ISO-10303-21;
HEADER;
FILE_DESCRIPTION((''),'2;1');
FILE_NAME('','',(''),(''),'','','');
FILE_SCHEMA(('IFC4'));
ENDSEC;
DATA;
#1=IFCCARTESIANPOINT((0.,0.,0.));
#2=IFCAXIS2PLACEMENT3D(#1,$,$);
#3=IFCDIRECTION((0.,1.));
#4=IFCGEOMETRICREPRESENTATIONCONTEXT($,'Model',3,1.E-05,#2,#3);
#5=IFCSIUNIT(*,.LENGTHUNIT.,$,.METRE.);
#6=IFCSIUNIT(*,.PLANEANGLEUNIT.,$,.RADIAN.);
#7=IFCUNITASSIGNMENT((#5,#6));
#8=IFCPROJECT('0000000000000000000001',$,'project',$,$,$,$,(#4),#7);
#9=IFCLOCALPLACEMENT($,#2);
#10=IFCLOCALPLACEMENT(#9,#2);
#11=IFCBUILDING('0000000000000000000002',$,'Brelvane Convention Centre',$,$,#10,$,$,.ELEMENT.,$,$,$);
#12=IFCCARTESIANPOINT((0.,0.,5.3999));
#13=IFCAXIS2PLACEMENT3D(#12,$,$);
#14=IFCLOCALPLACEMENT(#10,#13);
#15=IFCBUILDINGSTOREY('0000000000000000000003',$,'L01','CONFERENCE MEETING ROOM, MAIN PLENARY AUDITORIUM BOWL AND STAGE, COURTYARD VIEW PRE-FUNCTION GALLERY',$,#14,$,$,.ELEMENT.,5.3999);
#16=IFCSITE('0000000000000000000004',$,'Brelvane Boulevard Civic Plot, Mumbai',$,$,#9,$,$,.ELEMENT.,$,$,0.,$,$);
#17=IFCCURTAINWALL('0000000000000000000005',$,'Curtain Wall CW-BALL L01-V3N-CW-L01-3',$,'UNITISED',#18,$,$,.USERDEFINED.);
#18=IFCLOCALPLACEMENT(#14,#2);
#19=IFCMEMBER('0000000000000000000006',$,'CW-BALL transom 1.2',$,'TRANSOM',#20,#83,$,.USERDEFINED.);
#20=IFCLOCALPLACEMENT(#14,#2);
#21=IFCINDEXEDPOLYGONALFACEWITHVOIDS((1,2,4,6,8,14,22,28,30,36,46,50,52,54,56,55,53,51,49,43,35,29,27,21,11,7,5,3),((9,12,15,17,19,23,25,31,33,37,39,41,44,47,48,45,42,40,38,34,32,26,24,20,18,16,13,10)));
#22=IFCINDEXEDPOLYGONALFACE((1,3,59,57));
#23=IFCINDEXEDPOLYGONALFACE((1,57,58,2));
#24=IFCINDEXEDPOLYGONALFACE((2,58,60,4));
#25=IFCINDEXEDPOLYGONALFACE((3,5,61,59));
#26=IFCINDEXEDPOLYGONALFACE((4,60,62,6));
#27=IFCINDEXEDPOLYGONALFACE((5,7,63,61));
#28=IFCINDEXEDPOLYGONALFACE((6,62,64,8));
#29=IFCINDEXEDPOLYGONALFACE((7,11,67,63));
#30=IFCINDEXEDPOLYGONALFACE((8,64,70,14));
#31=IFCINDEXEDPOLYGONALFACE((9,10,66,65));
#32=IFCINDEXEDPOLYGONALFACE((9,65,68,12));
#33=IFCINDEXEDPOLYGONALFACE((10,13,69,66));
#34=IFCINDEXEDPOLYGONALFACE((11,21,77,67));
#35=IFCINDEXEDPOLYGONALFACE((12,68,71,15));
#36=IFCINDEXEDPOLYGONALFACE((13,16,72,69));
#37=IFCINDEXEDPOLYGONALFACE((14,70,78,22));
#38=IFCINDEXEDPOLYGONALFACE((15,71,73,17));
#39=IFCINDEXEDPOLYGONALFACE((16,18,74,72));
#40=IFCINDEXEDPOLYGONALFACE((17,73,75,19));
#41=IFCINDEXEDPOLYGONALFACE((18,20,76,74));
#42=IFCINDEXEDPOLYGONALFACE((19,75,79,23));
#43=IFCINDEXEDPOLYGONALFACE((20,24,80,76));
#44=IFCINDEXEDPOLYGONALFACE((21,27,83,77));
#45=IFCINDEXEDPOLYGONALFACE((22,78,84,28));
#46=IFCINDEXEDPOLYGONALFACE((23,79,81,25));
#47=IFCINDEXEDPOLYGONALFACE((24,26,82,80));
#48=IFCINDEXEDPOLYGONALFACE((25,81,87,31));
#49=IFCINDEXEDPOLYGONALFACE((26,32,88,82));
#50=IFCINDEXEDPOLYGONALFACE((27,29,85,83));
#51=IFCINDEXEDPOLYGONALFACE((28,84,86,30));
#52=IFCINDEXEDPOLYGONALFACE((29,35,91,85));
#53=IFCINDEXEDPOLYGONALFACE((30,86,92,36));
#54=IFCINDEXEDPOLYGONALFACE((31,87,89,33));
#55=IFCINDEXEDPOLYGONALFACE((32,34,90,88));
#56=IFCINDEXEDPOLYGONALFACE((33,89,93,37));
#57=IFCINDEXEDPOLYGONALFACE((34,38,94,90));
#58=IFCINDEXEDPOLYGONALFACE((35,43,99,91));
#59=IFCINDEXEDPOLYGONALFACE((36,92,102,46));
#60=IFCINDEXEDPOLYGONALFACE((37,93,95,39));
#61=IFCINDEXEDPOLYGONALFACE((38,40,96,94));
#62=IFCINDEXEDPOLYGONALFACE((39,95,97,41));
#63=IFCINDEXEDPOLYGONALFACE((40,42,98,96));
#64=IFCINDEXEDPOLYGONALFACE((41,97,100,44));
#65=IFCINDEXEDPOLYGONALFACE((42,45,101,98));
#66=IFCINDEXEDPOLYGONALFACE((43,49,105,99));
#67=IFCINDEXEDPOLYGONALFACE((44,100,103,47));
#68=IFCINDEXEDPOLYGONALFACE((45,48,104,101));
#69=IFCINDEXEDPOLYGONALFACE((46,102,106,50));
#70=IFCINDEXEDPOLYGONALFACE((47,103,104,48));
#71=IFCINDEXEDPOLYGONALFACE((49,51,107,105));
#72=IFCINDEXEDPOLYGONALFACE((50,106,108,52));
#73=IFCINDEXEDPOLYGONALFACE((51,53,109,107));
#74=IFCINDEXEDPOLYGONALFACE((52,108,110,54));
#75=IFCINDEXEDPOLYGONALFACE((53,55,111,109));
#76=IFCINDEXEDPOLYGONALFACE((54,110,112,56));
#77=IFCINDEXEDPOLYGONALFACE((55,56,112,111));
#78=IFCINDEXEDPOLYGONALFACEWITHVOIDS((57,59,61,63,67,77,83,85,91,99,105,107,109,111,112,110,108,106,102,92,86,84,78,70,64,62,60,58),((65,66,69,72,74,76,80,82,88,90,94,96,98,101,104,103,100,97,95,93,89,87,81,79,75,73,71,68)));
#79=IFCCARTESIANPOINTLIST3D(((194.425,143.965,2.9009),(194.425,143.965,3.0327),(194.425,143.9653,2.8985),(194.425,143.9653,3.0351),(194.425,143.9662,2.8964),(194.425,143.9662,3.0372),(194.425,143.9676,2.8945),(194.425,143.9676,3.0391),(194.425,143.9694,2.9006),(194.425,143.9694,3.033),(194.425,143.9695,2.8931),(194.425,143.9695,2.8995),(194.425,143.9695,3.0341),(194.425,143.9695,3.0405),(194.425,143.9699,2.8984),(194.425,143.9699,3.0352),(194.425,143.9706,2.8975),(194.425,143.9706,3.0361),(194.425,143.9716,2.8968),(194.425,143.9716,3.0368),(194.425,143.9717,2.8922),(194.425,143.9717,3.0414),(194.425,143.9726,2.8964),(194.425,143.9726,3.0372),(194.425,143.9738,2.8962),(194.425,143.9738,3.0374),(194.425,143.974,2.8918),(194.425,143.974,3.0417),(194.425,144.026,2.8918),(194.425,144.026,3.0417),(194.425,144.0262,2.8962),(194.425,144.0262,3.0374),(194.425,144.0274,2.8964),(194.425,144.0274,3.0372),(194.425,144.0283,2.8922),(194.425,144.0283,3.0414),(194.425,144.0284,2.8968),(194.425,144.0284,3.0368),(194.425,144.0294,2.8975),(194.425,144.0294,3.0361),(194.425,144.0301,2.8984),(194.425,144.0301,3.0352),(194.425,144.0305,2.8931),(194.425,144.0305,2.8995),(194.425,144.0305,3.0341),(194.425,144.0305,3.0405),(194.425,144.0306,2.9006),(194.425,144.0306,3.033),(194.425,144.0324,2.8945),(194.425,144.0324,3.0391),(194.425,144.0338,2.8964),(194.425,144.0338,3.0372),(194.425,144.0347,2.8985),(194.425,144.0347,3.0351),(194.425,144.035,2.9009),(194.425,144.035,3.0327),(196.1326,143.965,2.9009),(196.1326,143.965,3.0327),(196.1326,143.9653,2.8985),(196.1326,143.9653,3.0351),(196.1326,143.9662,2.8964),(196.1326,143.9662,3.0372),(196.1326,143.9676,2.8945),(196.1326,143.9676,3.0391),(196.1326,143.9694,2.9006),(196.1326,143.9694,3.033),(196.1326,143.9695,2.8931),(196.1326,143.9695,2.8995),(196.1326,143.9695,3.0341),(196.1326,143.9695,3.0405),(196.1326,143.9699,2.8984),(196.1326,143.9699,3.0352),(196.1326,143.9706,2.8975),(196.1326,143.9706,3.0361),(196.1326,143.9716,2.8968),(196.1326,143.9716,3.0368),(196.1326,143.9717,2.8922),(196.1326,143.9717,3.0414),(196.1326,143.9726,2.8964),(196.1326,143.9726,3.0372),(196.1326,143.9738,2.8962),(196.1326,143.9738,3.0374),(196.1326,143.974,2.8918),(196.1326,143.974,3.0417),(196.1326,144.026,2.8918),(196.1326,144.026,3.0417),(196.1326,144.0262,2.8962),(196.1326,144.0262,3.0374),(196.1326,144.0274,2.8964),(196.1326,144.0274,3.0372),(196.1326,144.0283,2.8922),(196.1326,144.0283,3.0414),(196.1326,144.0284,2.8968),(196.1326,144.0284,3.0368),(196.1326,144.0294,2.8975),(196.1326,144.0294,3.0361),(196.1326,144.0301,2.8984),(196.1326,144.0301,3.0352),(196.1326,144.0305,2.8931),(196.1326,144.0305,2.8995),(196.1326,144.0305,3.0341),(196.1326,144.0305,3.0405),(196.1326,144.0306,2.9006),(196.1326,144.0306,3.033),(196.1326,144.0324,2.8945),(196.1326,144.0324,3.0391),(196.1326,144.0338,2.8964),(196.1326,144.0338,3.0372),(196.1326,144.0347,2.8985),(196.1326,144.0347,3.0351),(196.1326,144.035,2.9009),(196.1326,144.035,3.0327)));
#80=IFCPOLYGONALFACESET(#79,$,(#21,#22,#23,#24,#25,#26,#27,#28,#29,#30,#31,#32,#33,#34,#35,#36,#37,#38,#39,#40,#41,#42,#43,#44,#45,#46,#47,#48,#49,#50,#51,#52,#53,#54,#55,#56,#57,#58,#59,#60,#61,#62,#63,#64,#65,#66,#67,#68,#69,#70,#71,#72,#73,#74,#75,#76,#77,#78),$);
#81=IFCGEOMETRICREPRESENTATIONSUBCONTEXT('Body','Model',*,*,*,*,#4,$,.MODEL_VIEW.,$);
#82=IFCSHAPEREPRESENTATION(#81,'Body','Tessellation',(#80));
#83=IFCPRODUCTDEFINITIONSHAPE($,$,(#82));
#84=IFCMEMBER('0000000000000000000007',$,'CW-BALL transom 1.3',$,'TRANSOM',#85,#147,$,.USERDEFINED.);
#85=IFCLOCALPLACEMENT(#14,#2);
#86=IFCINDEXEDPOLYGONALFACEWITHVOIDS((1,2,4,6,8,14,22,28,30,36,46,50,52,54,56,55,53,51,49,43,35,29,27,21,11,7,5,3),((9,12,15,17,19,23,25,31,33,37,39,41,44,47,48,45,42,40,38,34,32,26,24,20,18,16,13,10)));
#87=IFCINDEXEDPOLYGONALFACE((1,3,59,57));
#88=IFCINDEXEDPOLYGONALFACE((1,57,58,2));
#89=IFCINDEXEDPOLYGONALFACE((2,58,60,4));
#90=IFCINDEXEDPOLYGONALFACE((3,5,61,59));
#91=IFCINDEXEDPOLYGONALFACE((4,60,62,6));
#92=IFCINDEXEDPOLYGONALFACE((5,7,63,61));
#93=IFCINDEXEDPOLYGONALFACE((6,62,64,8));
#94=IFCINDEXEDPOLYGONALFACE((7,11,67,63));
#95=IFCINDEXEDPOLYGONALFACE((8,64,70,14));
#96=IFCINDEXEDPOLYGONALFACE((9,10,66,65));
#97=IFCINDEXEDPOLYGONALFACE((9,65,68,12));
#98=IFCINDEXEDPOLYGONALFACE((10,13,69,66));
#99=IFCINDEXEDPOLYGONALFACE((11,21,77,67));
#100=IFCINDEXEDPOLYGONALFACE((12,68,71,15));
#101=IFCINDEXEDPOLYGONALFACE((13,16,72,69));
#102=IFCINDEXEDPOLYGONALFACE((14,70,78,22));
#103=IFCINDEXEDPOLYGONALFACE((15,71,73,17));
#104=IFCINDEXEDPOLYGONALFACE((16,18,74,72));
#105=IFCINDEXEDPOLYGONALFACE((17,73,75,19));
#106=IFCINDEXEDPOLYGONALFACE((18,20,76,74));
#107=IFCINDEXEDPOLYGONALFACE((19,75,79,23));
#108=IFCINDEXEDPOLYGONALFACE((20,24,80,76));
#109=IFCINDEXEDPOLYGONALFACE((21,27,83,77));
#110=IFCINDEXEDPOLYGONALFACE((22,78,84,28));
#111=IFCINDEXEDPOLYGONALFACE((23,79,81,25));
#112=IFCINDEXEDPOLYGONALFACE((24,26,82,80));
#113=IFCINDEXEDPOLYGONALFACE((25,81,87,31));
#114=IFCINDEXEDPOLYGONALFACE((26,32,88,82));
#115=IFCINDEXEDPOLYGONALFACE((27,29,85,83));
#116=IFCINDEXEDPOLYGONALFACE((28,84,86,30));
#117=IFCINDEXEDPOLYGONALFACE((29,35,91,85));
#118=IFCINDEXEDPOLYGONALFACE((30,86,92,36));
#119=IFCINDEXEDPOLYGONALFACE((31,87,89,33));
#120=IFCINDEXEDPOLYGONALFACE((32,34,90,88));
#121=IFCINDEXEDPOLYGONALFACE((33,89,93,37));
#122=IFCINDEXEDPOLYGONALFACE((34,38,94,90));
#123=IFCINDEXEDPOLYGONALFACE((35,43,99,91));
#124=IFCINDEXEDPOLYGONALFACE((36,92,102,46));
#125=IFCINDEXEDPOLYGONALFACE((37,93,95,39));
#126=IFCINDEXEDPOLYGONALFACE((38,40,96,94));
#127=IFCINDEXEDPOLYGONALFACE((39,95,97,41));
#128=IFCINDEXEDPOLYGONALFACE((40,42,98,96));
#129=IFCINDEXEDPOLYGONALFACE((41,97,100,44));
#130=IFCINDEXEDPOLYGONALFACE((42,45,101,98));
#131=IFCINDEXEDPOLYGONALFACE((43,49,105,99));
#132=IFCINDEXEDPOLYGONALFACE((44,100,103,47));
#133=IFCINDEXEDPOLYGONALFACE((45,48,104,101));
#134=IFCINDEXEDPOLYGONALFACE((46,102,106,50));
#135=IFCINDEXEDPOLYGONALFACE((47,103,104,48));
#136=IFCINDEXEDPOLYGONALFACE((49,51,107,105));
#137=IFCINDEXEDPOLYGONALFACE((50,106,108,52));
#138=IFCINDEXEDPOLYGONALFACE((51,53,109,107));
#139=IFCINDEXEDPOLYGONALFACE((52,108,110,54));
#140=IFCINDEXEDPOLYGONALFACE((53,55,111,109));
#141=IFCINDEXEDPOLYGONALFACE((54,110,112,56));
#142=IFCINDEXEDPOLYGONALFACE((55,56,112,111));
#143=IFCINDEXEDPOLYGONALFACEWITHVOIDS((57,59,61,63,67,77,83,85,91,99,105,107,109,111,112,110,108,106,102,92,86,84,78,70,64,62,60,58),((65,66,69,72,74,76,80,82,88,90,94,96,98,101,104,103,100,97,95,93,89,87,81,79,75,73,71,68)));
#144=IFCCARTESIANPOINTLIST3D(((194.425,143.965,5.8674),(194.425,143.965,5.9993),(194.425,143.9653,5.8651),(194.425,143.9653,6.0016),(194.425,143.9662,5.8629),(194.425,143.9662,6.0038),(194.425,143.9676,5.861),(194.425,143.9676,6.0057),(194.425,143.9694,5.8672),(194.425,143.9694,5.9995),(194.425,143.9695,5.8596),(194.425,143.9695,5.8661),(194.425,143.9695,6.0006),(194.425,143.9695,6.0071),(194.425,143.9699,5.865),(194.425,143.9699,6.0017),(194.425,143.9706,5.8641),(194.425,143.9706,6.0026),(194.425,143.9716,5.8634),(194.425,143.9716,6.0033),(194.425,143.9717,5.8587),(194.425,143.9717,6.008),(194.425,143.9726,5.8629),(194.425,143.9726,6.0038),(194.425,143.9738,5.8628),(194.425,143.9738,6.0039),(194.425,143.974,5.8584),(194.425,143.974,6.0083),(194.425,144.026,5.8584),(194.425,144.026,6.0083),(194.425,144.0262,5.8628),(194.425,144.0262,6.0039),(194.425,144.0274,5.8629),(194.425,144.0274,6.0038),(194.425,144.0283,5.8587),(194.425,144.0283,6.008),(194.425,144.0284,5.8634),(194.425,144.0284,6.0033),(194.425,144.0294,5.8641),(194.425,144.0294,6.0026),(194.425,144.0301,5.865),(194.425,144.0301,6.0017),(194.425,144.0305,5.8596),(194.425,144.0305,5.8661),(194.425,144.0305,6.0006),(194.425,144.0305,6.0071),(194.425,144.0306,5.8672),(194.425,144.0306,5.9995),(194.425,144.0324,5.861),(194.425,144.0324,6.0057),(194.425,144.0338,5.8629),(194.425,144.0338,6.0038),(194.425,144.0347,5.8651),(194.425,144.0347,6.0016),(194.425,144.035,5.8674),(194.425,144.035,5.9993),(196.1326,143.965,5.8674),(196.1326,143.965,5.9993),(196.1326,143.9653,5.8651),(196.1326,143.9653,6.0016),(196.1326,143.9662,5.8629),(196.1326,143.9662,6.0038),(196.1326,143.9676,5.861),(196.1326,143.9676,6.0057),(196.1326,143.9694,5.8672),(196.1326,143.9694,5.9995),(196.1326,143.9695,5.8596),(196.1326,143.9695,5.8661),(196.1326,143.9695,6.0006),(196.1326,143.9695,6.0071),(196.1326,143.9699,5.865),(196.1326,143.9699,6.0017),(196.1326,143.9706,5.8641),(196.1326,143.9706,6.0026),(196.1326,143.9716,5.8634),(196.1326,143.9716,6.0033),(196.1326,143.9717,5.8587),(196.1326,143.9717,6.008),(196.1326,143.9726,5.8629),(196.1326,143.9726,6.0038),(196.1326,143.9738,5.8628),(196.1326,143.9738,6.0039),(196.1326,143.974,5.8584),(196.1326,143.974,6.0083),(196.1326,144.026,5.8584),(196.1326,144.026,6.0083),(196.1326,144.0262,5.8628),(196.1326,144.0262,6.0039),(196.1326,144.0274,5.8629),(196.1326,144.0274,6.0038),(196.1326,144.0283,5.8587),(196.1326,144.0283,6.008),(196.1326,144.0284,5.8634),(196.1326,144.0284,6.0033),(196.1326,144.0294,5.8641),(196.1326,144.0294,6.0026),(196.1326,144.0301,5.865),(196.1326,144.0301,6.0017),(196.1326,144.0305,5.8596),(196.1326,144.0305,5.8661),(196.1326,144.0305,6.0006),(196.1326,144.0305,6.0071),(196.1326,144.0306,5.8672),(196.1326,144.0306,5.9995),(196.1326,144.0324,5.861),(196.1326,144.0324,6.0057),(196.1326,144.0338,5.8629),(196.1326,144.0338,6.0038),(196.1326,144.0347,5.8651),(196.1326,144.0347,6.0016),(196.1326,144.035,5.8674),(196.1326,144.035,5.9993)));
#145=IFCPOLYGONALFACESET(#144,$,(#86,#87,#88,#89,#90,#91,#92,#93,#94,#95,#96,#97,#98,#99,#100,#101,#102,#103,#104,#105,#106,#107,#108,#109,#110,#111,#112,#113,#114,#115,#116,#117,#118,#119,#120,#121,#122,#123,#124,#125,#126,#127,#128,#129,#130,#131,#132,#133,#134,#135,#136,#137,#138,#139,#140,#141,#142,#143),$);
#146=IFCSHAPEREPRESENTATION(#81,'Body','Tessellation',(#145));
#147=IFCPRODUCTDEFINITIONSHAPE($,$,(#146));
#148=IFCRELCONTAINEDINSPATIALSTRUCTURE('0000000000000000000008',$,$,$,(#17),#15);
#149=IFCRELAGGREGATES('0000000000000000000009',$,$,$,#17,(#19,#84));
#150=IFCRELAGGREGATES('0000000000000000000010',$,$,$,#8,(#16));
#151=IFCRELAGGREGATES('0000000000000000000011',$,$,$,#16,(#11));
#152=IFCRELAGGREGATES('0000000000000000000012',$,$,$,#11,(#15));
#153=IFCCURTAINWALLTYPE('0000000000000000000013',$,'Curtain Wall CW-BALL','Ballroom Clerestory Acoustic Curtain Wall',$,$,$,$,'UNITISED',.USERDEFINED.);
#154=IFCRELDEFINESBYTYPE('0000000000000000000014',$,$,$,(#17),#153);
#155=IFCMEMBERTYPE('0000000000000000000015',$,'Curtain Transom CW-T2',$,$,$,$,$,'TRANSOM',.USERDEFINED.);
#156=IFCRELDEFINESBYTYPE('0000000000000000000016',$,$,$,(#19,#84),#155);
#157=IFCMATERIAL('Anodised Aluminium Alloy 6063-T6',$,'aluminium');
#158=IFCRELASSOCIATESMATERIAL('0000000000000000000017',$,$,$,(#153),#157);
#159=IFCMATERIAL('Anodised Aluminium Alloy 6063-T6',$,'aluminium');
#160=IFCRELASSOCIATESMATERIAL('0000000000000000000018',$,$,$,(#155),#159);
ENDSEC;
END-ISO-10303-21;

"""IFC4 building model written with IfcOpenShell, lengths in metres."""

from ifc_helpers import new_model, si_unit, direction, frame, origin, origin_2d, place, context, subcontext, project, spatial, hollow_rectangle, extrude, material, material_profile, profile_set, type_object, element, aggregate, save


model = new_model("IFC4")

# Units and contexts
model_context = context("Model", 3, precision=1e-05, world=origin(), true_north=direction((0.0, 1.0)))
body_context = subcontext(model_context, "Body", "Model", "MODEL_VIEW")
ifc_project = project(units=[si_unit("LENGTHUNIT", "METRE"), si_unit("PLANEANGLEUNIT", "RADIAN")], contexts=[model_context])

# Site, building, storey
site_placement = place(None, origin())
site = spatial("IfcSite", under=ifc_project, at=site_placement, Name="Brelvane Boulevard Civic Plot, Mumbai", CompositionType="ELEMENT", RefElevation=0.0)
building_placement = place(site_placement, origin())
building = spatial("IfcBuilding", under=site, at=building_placement, Name="Brelvane Convention Centre", CompositionType="ELEMENT")
storey_placement = place(building_placement, frame((0.0, 0.0, 5.3999)))
storey = spatial("IfcBuildingStorey", under=building, at=storey_placement, Name="L01", Description="CONFERENCE MEETING ROOM, MAIN PLENARY AUDITORIUM BOWL AND STAGE, COURTYARD VIEW PRE-FUNCTION GALLERY", CompositionType="ELEMENT", Elevation=5.3999)

# Shared definitions
ifc_material_1 = material(Name="Anodised Aluminium Alloy 6063-T6", Category="aluminium")
curtain_wall_type = type_object("IfcCurtainWallType", Name="Curtain Wall CW-BALL", Description="Ballroom Clerestory Acoustic Curtain Wall", ElementType="UNITISED", PredefinedType="USERDEFINED", material=ifc_material_1)

# Curtain wall, members
curtain_wall_1_placement = place(storey_placement, origin())
curtain_wall_1 = element("IfcCurtainWall", 1, at=curtain_wall_1_placement, inside=storey, type_object=curtain_wall_type, Name="Curtain Wall CW-BALL L01-V3N-CW-L01-3", ObjectType="UNITISED", PredefinedType="USERDEFINED")
ifc_material_2 = material(Name="Anodised Aluminium Alloy 6063-T6", Category="aluminium")
ifc_material_profile_1 = material_profile(ifc_material_2, hollow_rectangle(XDim=0.0701, YDim=0.1499, WallThickness=0.0044, InnerFilletRadius=0.0044, OuterFilletRadius=0.009, at=origin_2d()), Name="ALU-T 150x70x4.5")
ifc_profile_set_1 = profile_set([ifc_material_profile_1], Name="Anodised Aluminium Alloy 6063-T6")
member_type_1 = type_object("IfcMemberType", Name="Curtain Transom CW-T2", ElementType="TRANSOM", PredefinedType="USERDEFINED", material=ifc_profile_set_1)
member_1_placement = place(storey_placement, frame((194.425, 144.0, 2.9668), z_axis=(1.0, 0.0, 0.0), x_axis=(0.0, 1.0, 0.0)))
member_1 = element("IfcMember", 2, at=member_1_placement, type_object=member_type_1, Name="CW-BALL transom 1.2", ObjectType="TRANSOM", PredefinedType="USERDEFINED", context=body_context, shape_type="SweptSolid", body=[
    extrude(hollow_rectangle(XDim=0.0701, YDim=0.1499, WallThickness=0.0044, InnerFilletRadius=0.0044, OuterFilletRadius=0.009, at=origin_2d()), origin(), (0.0, 0.0, 1.0), 1.7075),
])
member_2_placement = place(storey_placement, frame((194.425, 144.0, 5.9333), z_axis=(1.0, 0.0, 0.0), x_axis=(0.0, 1.0, 0.0)))
member_2 = element("IfcMember", 3, at=member_2_placement, type_object=member_type_1, Name="CW-BALL transom 1.3", ObjectType="TRANSOM", PredefinedType="USERDEFINED", context=body_context, shape_type="SweptSolid", body=[
    extrude(hollow_rectangle(XDim=0.0701, YDim=0.1499, WallThickness=0.0044, InnerFilletRadius=0.0044, OuterFilletRadius=0.009, at=origin_2d()), origin(), (0.0, 0.0, 1.0), 1.7075),
])
aggregate(curtain_wall_1, [member_1, member_2])

save(model, "model.ifc")
